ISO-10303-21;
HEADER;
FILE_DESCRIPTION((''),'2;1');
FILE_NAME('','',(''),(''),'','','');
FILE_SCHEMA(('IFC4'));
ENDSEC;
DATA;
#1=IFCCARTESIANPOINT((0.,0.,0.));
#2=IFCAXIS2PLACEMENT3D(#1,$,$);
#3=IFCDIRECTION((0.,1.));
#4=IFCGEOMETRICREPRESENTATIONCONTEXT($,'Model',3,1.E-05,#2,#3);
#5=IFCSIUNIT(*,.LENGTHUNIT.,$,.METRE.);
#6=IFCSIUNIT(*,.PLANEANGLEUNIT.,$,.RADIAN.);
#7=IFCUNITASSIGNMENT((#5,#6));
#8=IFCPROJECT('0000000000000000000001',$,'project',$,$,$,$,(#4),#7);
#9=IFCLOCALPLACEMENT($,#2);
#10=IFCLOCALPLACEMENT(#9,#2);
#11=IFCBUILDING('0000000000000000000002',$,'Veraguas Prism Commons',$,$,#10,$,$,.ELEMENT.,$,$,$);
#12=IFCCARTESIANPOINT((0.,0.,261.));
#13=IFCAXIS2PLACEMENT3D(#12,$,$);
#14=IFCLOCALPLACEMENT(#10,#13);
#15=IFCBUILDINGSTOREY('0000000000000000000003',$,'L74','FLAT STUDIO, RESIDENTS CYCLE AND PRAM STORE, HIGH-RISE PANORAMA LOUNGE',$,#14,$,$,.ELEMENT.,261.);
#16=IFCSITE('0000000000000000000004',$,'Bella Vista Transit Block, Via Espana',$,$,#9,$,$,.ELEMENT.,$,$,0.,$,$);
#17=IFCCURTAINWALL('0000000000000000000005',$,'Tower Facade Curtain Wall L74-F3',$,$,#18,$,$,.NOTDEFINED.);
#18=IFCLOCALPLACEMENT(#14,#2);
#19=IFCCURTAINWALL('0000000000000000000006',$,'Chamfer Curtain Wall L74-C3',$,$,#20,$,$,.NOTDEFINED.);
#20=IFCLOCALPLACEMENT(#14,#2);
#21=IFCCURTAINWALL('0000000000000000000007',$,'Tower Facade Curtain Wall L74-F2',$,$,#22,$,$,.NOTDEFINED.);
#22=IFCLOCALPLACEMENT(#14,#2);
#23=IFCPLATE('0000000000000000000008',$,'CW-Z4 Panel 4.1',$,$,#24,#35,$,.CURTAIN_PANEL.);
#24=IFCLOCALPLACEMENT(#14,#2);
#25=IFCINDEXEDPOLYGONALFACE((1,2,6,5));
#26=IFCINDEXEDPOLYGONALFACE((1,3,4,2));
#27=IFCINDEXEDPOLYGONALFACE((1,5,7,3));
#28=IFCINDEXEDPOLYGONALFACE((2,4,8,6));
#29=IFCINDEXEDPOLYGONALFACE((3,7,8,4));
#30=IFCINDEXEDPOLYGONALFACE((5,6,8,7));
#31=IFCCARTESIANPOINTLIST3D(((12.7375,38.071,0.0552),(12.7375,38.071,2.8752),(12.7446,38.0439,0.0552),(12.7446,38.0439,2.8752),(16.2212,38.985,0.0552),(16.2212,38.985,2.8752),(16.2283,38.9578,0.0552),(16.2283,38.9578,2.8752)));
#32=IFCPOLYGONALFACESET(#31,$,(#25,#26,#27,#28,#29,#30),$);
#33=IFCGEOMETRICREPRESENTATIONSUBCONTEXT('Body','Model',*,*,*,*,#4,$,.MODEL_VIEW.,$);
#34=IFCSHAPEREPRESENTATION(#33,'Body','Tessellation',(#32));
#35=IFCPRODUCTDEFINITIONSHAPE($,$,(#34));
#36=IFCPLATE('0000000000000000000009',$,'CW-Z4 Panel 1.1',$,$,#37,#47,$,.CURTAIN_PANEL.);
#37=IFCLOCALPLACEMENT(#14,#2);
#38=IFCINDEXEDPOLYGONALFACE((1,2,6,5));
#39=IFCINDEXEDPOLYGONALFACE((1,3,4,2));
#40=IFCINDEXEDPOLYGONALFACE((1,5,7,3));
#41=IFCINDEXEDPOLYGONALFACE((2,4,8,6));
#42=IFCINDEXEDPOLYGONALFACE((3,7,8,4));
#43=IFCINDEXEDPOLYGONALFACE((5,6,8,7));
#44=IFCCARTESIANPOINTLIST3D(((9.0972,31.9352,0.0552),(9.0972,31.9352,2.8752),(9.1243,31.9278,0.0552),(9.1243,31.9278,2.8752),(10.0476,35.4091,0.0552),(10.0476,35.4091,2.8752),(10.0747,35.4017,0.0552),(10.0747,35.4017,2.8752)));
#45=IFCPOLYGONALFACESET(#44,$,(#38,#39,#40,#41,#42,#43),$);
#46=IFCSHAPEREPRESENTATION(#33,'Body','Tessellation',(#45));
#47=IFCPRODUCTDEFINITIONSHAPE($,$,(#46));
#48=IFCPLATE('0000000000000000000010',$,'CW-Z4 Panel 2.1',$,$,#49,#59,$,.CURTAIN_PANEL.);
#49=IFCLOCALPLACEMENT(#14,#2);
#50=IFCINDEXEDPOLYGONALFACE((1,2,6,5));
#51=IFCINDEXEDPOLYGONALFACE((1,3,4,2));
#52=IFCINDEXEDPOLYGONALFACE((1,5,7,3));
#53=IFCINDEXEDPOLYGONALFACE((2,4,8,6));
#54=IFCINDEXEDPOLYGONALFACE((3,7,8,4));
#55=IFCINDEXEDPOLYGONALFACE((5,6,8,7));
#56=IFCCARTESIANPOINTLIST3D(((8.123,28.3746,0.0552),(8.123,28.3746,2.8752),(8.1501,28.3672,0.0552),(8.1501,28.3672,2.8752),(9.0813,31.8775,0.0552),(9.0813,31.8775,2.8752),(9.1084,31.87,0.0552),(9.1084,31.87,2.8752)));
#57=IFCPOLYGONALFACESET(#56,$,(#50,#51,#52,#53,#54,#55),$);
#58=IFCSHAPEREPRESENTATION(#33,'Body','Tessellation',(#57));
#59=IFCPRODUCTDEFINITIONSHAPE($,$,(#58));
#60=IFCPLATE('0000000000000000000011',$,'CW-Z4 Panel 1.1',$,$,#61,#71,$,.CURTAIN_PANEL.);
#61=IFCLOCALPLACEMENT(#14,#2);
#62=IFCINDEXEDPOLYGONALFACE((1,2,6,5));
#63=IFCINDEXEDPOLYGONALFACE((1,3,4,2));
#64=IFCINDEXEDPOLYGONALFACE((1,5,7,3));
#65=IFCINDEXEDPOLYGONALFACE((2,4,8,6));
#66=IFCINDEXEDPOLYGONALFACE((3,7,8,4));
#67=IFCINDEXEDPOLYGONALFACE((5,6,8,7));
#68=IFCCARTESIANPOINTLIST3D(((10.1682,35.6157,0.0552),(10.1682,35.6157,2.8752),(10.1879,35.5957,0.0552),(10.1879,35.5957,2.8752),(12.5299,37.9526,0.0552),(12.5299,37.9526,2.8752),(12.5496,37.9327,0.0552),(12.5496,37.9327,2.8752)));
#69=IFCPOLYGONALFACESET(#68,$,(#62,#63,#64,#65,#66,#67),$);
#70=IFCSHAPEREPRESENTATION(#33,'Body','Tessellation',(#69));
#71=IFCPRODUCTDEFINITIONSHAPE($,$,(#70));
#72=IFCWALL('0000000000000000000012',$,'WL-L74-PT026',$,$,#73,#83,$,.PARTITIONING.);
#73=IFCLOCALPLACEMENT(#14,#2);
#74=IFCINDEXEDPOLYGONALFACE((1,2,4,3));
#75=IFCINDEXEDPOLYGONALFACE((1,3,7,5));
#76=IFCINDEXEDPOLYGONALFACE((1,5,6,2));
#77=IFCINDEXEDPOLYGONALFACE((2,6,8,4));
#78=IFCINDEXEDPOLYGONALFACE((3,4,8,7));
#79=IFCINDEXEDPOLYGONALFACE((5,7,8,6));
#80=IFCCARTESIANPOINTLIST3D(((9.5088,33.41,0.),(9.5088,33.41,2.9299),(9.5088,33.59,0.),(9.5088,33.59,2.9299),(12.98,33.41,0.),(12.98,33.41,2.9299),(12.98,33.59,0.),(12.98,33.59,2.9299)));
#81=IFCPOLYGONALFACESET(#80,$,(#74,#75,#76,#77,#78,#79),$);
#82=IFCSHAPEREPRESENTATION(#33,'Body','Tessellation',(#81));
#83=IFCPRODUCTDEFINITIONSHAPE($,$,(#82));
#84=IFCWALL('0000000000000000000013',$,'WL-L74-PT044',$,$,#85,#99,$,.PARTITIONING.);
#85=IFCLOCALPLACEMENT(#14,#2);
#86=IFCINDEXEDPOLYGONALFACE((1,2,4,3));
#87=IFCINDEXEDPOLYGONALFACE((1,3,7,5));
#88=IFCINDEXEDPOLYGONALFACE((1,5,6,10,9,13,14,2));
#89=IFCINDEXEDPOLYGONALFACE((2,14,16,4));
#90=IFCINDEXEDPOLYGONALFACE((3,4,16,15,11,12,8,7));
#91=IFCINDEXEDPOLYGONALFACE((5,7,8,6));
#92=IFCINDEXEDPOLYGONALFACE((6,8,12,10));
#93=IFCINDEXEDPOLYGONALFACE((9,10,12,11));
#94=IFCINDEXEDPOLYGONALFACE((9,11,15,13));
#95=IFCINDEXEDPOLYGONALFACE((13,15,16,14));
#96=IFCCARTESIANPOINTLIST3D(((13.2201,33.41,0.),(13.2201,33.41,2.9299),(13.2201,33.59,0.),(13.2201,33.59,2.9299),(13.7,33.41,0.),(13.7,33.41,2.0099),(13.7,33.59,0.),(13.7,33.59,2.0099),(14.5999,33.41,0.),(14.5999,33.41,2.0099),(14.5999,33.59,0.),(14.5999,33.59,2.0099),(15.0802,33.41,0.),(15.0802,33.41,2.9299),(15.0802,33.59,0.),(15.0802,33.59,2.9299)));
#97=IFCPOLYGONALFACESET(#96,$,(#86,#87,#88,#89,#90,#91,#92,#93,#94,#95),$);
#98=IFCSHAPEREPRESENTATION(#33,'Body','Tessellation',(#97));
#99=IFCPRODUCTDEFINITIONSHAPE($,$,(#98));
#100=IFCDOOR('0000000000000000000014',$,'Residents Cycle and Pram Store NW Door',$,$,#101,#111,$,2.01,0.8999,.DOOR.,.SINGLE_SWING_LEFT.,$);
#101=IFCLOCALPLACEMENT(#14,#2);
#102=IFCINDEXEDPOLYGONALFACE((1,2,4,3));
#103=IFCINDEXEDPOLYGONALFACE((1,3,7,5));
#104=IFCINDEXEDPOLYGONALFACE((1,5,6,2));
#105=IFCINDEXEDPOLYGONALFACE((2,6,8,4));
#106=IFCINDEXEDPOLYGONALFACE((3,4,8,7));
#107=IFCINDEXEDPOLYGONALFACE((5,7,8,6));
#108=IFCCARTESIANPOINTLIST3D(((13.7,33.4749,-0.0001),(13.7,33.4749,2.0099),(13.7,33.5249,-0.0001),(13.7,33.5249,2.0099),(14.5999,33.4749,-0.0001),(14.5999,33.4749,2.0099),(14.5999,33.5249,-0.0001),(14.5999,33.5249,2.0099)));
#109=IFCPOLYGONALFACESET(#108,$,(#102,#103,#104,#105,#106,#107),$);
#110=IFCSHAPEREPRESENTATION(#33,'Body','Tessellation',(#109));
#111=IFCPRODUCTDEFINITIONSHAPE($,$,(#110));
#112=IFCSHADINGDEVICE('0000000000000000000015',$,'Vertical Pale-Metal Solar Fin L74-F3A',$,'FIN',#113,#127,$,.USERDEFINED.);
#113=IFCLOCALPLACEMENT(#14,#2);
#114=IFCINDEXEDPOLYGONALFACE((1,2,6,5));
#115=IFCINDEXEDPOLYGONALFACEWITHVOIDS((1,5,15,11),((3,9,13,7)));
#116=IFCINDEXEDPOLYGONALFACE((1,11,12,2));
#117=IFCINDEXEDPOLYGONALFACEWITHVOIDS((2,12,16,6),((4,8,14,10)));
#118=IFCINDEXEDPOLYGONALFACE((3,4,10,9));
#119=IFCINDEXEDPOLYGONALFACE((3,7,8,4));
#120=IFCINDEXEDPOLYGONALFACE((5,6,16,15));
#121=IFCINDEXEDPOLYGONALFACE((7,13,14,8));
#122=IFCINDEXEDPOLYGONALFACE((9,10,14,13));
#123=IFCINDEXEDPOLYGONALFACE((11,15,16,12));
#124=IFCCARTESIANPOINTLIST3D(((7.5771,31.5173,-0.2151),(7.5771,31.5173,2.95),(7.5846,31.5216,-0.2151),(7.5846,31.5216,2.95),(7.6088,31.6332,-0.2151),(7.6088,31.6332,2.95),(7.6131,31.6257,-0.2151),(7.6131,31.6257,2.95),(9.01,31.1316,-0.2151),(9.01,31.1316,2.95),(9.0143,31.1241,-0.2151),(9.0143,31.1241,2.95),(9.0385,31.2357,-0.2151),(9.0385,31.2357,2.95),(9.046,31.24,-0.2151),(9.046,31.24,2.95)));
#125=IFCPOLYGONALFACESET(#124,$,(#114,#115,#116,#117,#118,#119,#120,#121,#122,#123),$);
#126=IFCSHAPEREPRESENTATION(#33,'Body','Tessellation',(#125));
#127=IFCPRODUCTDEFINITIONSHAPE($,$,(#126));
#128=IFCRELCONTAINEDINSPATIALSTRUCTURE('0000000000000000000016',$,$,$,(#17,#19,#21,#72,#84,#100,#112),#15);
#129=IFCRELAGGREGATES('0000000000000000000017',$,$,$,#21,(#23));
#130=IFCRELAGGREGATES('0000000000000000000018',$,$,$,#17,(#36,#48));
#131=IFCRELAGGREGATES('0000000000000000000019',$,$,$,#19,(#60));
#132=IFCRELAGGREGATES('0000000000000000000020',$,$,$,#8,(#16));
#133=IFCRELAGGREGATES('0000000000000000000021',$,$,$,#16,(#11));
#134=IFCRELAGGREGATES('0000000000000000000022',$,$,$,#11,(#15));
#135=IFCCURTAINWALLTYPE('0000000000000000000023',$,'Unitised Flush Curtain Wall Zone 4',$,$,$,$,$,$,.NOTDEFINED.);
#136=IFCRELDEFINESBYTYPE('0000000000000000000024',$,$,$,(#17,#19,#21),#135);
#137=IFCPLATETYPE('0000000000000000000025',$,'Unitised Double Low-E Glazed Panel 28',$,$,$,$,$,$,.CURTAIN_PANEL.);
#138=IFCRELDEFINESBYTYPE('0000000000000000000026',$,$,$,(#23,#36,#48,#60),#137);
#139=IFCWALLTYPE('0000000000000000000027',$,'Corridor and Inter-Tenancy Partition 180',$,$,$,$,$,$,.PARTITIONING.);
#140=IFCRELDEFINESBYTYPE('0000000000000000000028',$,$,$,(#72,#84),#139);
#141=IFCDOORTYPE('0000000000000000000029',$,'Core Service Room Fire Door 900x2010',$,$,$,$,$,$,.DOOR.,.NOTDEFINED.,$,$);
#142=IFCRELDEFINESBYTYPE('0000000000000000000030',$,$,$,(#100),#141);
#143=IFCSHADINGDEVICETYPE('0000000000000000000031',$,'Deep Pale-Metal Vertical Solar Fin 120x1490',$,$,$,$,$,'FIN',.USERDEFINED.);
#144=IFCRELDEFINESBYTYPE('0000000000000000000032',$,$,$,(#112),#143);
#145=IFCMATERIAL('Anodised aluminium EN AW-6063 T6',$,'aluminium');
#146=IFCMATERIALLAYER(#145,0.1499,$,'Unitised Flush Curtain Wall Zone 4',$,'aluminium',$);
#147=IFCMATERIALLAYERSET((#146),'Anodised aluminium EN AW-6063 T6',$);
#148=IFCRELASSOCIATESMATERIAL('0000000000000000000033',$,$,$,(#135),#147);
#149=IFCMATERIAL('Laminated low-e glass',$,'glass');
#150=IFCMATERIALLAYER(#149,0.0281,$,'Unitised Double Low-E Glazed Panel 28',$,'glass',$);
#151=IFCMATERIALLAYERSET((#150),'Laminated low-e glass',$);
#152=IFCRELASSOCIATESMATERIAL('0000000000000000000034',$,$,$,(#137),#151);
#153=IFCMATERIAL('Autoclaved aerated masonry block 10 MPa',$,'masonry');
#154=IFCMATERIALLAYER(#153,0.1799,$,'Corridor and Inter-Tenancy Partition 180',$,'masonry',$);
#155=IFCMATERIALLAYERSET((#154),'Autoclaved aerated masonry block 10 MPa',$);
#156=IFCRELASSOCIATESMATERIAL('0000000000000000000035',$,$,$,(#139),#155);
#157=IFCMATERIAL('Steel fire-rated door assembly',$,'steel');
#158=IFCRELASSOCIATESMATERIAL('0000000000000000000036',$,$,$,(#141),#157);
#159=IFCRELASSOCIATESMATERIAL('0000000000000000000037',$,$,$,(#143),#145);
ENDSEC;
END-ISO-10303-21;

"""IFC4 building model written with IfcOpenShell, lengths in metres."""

from ifc_helpers import new_model, si_unit, direction, frame, frame_2d, origin, origin_2d, place, context, subcontext, project, spatial, rectangle, hollow_rectangle, extrude, source, transform, mapped, material, layer, layer_set, material_profile, profile_set, type_object, element, fill, aggregate, save


model = new_model("IFC4")

# Units and contexts
model_context = context("Model", 3, precision=1e-05, world=origin(), true_north=direction((0.0, 1.0)))
body_context = subcontext(model_context, "Body", "Model", "MODEL_VIEW")
ifc_project = project(units=[si_unit("LENGTHUNIT", "METRE"), si_unit("PLANEANGLEUNIT", "RADIAN")], contexts=[model_context])

# Site, building, storey
site_placement = place(None, origin())
site = spatial("IfcSite", under=ifc_project, at=site_placement, Name="Bella Vista Transit Block, Via Espana", CompositionType="ELEMENT", RefElevation=0.0)
building_placement = place(site_placement, origin())
building = spatial("IfcBuilding", under=site, at=building_placement, Name="Veraguas Prism Commons", CompositionType="ELEMENT")
storey_placement = place(building_placement, frame((0.0, 0.0, 261.0)))
storey = spatial("IfcBuildingStorey", under=building, at=storey_placement, Name="L74", Description="FLAT STUDIO, RESIDENTS CYCLE AND PRAM STORE, HIGH-RISE PANORAMA LOUNGE", CompositionType="ELEMENT", Elevation=261.0)

# Curtain walls
ifc_material_1 = material(Name="Anodised aluminium EN AW-6063 T6", Category="aluminium")
ifc_layer_1 = layer(ifc_material_1, 0.1499, Name="Unitised Flush Curtain Wall Zone 4", Category="aluminium")
ifc_layer_set_1 = layer_set([ifc_layer_1], Name="Anodised aluminium EN AW-6063 T6")
curtain_wall_type = type_object("IfcCurtainWallType", Name="Unitised Flush Curtain Wall Zone 4", PredefinedType="NOTDEFINED", material=ifc_layer_set_1)
curtain_wall_1_placement = place(storey_placement, origin())
curtain_wall_1 = element("IfcCurtainWall", 1, at=curtain_wall_1_placement, inside=storey, type_object=curtain_wall_type, Name="Tower Facade Curtain Wall L74-F3", PredefinedType="NOTDEFINED")
curtain_wall_2_placement = place(storey_placement, origin())
curtain_wall_2 = element("IfcCurtainWall", 2, at=curtain_wall_2_placement, inside=storey, type_object=curtain_wall_type, Name="Chamfer Curtain Wall L74-C3", PredefinedType="NOTDEFINED")

# Curtain wall
curtain_wall_3_placement = place(storey_placement, origin())
curtain_wall_3 = element("IfcCurtainWall", 3, at=curtain_wall_3_placement, inside=storey, type_object=curtain_wall_type, Name="Tower Facade Curtain Wall L74-F2", PredefinedType="NOTDEFINED")

# Plates
ifc_material_2 = material(Name="Laminated low-e glass", Category="glass")
ifc_layer_2 = layer(ifc_material_2, 0.0281, Name="Unitised Double Low-E Glazed Panel 28", Category="glass")
ifc_layer_set_2 = layer_set([ifc_layer_2], Name="Laminated low-e glass")
plate_type = type_object("IfcPlateType", Name="Unitised Double Low-E Glazed Panel 28", PredefinedType="CURTAIN_PANEL", material=ifc_layer_set_2)
shared_shape_1 = source(origin(), body_context, "Body", "SweptSolid", [
    extrude(rectangle(XDim=3.6016, YDim=0.0281, at=origin_2d()), origin(), (0.0, 0.0, 1.0), 2.8201),
])
plate_1_placement = place(storey_placement, frame((14.4829, 38.5144, 0.0552), z_axis=(0.0, 0.0, 1.0), x_axis=(-0.967266, -0.253765, 0.0)))
plate_1 = element("IfcPlate", 4, at=plate_1_placement, type_object=plate_type, Name="CW-Z4 Panel 4.1", PredefinedType="CURTAIN_PANEL", context=body_context, shape_type="MappedRepresentation", body=[
    mapped(shared_shape_1, transform((0.0, 0.0, 0.0), scale=1.0)),
])
aggregate(curtain_wall_3, [plate_1])
plate_2_placement = place(storey_placement, frame((9.5859, 33.6685, 0.0552), z_axis=(0.0, 0.0, 1.0), x_axis=(-0.263883, -0.964555, 0.0)))
plate_2 = element("IfcPlate", 5, at=plate_2_placement, type_object=plate_type, Name="CW-Z4 Panel 1.1", PredefinedType="CURTAIN_PANEL", context=body_context, shape_type="MappedRepresentation", body=[
    mapped(shared_shape_1, transform((0.0, 0.0, 0.0), scale=1.0)),
])
shared_shape_2 = source(origin(), body_context, "Body", "SweptSolid", [
    extrude(rectangle(XDim=3.6316, YDim=0.0281, at=origin_2d()), origin(), (0.0, 0.0, 1.0), 2.8201),
])
plate_3_placement = place(storey_placement, frame((8.6157, 30.1223, 0.0552), z_axis=(0.0, 0.0, 1.0), x_axis=(-0.263883, -0.964555, 0.0)))
plate_3 = element("IfcPlate", 6, at=plate_3_placement, type_object=plate_type, Name="CW-Z4 Panel 2.1", PredefinedType="CURTAIN_PANEL", context=body_context, shape_type="MappedRepresentation", body=[
    mapped(shared_shape_2, transform((0.0, 0.0, 0.0), scale=1.0)),
])
aggregate(curtain_wall_1, [plate_2, plate_3])
shared_shape_3 = source(origin(), body_context, "Body", "SweptSolid", [
    extrude(rectangle(XDim=3.3225, YDim=0.0281, at=origin_2d()), origin(), (0.0, 0.0, 1.0), 2.8201),
])
plate_4_placement = place(storey_placement, frame((11.3589, 36.7742, 0.0552), z_axis=(0.0, 0.0, 1.0), x_axis=(-0.710815, -0.703379, 0.0)))
plate_4 = element("IfcPlate", 7, at=plate_4_placement, type_object=plate_type, Name="CW-Z4 Panel 1.1", PredefinedType="CURTAIN_PANEL", context=body_context, shape_type="MappedRepresentation", body=[
    mapped(shared_shape_3, transform((0.0, 0.0, 0.0), scale=1.0)),
])
aggregate(curtain_wall_2, [plate_4])

# Wall
ifc_material_3 = material(Name="Autoclaved aerated masonry block 10 MPa", Category="masonry")
ifc_layer_3 = layer(ifc_material_3, 0.1799, Name="Corridor and Inter-Tenancy Partition 180", Category="masonry")
ifc_layer_set_3 = layer_set([ifc_layer_3], Name="Autoclaved aerated masonry block 10 MPa")
wall_type = type_object("IfcWallType", Name="Corridor and Inter-Tenancy Partition 180", PredefinedType="PARTITIONING", material=ifc_layer_set_3)
wall_1_placement = place(storey_placement, frame((12.98, 33.5, 0.0), z_axis=(0.0, 0.0, 1.0), x_axis=(-1.0, 0.0, 0.0)))
element("IfcWall", 8, at=wall_1_placement, inside=storey, type_object=wall_type, Name="WL-L74-PT026", PredefinedType="PARTITIONING", context=body_context, shape_type="SweptSolid", body=[
    extrude(rectangle(XDim=3.4712, YDim=0.1799, at=frame_2d((1.7356, 0.0))), origin(), (0.0, 0.0, 1.0), 2.9299),
])

# Wall, opening, door
wall_2_placement = place(storey_placement, frame((13.22, 33.5, 0.0), z_axis=(0.0, 0.0, 1.0), x_axis=(1.0, 0.0, 0.0)))
wall_2 = element("IfcWall", 9, at=wall_2_placement, inside=storey, type_object=wall_type, Name="WL-L74-PT044", PredefinedType="PARTITIONING", context=body_context, shape_type="SweptSolid", body=[
    extrude(rectangle(XDim=1.8601, YDim=0.1799, at=frame_2d((0.9302, 0.0))), origin(), (0.0, 0.0, 1.0), 2.9299),
])
opening_placement = place(wall_2_placement, frame((0.48, 0.0, 0.0)))
opening = element("IfcOpeningElement", 10, at=opening_placement, cuts=wall_2, PredefinedType="OPENING", context=body_context, shape_type="SweptSolid", body=[
    extrude(rectangle(XDim=0.8999, YDim=2.01, at=frame_2d((0.45, 1.0049))), frame((0.0, 0.0999, 0.0), z_axis=(0.0, -1.0, 0.0), x_axis=(1.0, 0.0, 0.0)), (0.0, 0.0, 1.0), 0.2),
])
ifc_material_4 = material(Name="Steel fire-rated door assembly", Category="steel")
door_type = type_object("IfcDoorType", Name="Core Service Room Fire Door 900x2010", OperationType="NOTDEFINED", PredefinedType="DOOR", material=ifc_material_4)
shared_shape_4 = source(origin(), body_context, "Body", "SweptSolid", [
    extrude(rectangle(XDim=0.8999, YDim=2.01, at=frame_2d((0.45, 1.0049))), frame((0.0, 0.0249, 0.0), z_axis=(0.0, -1.0, 0.0), x_axis=(1.0, 0.0, 0.0)), (0.0, 0.0, 1.0), 0.05),
])
door_placement = place(opening_placement, origin())
door = element("IfcDoor", 11, at=door_placement, inside=storey, type_object=door_type, Name="Residents Cycle and Pram Store NW Door", OperationType="SINGLE_SWING_LEFT", OverallHeight=2.01, OverallWidth=0.8999, PredefinedType="DOOR", context=body_context, shape_type="MappedRepresentation", body=[
    mapped(shared_shape_4, transform((0.0, 0.0, 0.0), scale=1.0)),
])
fill(opening, door)

# Shading device
ifc_material_profile_1 = material_profile(ifc_material_1, hollow_rectangle(XDim=0.1201, YDim=1.49, WallThickness=0.0061, at=origin_2d()), Name="FIN120X1490X6")
ifc_profile_set_1 = profile_set([ifc_material_profile_1], Name="Anodised aluminium EN AW-6063 T6")
shading_device_type = type_object("IfcShadingDeviceType", Name="Deep Pale-Metal Vertical Solar Fin 120x1490", ElementType="FIN", PredefinedType="USERDEFINED", material=ifc_profile_set_1)
shading_device_placement = place(storey_placement, frame((8.3115, 31.3787, -0.2151), z_axis=(0.0, 0.0, 1.0), x_axis=(-0.263878, -0.964556, 0.0)))
element("IfcShadingDevice", 12, at=shading_device_placement, inside=storey, type_object=shading_device_type, Name="Vertical Pale-Metal Solar Fin L74-F3A", ObjectType="FIN", PredefinedType="USERDEFINED", context=body_context, shape_type="SweptSolid", body=[
    extrude(hollow_rectangle(XDim=0.1201, YDim=1.49, WallThickness=0.0061, at=origin_2d()), origin(), (0.0, 0.0, 1.0), 3.165),
])

save(model, "model.ifc")
